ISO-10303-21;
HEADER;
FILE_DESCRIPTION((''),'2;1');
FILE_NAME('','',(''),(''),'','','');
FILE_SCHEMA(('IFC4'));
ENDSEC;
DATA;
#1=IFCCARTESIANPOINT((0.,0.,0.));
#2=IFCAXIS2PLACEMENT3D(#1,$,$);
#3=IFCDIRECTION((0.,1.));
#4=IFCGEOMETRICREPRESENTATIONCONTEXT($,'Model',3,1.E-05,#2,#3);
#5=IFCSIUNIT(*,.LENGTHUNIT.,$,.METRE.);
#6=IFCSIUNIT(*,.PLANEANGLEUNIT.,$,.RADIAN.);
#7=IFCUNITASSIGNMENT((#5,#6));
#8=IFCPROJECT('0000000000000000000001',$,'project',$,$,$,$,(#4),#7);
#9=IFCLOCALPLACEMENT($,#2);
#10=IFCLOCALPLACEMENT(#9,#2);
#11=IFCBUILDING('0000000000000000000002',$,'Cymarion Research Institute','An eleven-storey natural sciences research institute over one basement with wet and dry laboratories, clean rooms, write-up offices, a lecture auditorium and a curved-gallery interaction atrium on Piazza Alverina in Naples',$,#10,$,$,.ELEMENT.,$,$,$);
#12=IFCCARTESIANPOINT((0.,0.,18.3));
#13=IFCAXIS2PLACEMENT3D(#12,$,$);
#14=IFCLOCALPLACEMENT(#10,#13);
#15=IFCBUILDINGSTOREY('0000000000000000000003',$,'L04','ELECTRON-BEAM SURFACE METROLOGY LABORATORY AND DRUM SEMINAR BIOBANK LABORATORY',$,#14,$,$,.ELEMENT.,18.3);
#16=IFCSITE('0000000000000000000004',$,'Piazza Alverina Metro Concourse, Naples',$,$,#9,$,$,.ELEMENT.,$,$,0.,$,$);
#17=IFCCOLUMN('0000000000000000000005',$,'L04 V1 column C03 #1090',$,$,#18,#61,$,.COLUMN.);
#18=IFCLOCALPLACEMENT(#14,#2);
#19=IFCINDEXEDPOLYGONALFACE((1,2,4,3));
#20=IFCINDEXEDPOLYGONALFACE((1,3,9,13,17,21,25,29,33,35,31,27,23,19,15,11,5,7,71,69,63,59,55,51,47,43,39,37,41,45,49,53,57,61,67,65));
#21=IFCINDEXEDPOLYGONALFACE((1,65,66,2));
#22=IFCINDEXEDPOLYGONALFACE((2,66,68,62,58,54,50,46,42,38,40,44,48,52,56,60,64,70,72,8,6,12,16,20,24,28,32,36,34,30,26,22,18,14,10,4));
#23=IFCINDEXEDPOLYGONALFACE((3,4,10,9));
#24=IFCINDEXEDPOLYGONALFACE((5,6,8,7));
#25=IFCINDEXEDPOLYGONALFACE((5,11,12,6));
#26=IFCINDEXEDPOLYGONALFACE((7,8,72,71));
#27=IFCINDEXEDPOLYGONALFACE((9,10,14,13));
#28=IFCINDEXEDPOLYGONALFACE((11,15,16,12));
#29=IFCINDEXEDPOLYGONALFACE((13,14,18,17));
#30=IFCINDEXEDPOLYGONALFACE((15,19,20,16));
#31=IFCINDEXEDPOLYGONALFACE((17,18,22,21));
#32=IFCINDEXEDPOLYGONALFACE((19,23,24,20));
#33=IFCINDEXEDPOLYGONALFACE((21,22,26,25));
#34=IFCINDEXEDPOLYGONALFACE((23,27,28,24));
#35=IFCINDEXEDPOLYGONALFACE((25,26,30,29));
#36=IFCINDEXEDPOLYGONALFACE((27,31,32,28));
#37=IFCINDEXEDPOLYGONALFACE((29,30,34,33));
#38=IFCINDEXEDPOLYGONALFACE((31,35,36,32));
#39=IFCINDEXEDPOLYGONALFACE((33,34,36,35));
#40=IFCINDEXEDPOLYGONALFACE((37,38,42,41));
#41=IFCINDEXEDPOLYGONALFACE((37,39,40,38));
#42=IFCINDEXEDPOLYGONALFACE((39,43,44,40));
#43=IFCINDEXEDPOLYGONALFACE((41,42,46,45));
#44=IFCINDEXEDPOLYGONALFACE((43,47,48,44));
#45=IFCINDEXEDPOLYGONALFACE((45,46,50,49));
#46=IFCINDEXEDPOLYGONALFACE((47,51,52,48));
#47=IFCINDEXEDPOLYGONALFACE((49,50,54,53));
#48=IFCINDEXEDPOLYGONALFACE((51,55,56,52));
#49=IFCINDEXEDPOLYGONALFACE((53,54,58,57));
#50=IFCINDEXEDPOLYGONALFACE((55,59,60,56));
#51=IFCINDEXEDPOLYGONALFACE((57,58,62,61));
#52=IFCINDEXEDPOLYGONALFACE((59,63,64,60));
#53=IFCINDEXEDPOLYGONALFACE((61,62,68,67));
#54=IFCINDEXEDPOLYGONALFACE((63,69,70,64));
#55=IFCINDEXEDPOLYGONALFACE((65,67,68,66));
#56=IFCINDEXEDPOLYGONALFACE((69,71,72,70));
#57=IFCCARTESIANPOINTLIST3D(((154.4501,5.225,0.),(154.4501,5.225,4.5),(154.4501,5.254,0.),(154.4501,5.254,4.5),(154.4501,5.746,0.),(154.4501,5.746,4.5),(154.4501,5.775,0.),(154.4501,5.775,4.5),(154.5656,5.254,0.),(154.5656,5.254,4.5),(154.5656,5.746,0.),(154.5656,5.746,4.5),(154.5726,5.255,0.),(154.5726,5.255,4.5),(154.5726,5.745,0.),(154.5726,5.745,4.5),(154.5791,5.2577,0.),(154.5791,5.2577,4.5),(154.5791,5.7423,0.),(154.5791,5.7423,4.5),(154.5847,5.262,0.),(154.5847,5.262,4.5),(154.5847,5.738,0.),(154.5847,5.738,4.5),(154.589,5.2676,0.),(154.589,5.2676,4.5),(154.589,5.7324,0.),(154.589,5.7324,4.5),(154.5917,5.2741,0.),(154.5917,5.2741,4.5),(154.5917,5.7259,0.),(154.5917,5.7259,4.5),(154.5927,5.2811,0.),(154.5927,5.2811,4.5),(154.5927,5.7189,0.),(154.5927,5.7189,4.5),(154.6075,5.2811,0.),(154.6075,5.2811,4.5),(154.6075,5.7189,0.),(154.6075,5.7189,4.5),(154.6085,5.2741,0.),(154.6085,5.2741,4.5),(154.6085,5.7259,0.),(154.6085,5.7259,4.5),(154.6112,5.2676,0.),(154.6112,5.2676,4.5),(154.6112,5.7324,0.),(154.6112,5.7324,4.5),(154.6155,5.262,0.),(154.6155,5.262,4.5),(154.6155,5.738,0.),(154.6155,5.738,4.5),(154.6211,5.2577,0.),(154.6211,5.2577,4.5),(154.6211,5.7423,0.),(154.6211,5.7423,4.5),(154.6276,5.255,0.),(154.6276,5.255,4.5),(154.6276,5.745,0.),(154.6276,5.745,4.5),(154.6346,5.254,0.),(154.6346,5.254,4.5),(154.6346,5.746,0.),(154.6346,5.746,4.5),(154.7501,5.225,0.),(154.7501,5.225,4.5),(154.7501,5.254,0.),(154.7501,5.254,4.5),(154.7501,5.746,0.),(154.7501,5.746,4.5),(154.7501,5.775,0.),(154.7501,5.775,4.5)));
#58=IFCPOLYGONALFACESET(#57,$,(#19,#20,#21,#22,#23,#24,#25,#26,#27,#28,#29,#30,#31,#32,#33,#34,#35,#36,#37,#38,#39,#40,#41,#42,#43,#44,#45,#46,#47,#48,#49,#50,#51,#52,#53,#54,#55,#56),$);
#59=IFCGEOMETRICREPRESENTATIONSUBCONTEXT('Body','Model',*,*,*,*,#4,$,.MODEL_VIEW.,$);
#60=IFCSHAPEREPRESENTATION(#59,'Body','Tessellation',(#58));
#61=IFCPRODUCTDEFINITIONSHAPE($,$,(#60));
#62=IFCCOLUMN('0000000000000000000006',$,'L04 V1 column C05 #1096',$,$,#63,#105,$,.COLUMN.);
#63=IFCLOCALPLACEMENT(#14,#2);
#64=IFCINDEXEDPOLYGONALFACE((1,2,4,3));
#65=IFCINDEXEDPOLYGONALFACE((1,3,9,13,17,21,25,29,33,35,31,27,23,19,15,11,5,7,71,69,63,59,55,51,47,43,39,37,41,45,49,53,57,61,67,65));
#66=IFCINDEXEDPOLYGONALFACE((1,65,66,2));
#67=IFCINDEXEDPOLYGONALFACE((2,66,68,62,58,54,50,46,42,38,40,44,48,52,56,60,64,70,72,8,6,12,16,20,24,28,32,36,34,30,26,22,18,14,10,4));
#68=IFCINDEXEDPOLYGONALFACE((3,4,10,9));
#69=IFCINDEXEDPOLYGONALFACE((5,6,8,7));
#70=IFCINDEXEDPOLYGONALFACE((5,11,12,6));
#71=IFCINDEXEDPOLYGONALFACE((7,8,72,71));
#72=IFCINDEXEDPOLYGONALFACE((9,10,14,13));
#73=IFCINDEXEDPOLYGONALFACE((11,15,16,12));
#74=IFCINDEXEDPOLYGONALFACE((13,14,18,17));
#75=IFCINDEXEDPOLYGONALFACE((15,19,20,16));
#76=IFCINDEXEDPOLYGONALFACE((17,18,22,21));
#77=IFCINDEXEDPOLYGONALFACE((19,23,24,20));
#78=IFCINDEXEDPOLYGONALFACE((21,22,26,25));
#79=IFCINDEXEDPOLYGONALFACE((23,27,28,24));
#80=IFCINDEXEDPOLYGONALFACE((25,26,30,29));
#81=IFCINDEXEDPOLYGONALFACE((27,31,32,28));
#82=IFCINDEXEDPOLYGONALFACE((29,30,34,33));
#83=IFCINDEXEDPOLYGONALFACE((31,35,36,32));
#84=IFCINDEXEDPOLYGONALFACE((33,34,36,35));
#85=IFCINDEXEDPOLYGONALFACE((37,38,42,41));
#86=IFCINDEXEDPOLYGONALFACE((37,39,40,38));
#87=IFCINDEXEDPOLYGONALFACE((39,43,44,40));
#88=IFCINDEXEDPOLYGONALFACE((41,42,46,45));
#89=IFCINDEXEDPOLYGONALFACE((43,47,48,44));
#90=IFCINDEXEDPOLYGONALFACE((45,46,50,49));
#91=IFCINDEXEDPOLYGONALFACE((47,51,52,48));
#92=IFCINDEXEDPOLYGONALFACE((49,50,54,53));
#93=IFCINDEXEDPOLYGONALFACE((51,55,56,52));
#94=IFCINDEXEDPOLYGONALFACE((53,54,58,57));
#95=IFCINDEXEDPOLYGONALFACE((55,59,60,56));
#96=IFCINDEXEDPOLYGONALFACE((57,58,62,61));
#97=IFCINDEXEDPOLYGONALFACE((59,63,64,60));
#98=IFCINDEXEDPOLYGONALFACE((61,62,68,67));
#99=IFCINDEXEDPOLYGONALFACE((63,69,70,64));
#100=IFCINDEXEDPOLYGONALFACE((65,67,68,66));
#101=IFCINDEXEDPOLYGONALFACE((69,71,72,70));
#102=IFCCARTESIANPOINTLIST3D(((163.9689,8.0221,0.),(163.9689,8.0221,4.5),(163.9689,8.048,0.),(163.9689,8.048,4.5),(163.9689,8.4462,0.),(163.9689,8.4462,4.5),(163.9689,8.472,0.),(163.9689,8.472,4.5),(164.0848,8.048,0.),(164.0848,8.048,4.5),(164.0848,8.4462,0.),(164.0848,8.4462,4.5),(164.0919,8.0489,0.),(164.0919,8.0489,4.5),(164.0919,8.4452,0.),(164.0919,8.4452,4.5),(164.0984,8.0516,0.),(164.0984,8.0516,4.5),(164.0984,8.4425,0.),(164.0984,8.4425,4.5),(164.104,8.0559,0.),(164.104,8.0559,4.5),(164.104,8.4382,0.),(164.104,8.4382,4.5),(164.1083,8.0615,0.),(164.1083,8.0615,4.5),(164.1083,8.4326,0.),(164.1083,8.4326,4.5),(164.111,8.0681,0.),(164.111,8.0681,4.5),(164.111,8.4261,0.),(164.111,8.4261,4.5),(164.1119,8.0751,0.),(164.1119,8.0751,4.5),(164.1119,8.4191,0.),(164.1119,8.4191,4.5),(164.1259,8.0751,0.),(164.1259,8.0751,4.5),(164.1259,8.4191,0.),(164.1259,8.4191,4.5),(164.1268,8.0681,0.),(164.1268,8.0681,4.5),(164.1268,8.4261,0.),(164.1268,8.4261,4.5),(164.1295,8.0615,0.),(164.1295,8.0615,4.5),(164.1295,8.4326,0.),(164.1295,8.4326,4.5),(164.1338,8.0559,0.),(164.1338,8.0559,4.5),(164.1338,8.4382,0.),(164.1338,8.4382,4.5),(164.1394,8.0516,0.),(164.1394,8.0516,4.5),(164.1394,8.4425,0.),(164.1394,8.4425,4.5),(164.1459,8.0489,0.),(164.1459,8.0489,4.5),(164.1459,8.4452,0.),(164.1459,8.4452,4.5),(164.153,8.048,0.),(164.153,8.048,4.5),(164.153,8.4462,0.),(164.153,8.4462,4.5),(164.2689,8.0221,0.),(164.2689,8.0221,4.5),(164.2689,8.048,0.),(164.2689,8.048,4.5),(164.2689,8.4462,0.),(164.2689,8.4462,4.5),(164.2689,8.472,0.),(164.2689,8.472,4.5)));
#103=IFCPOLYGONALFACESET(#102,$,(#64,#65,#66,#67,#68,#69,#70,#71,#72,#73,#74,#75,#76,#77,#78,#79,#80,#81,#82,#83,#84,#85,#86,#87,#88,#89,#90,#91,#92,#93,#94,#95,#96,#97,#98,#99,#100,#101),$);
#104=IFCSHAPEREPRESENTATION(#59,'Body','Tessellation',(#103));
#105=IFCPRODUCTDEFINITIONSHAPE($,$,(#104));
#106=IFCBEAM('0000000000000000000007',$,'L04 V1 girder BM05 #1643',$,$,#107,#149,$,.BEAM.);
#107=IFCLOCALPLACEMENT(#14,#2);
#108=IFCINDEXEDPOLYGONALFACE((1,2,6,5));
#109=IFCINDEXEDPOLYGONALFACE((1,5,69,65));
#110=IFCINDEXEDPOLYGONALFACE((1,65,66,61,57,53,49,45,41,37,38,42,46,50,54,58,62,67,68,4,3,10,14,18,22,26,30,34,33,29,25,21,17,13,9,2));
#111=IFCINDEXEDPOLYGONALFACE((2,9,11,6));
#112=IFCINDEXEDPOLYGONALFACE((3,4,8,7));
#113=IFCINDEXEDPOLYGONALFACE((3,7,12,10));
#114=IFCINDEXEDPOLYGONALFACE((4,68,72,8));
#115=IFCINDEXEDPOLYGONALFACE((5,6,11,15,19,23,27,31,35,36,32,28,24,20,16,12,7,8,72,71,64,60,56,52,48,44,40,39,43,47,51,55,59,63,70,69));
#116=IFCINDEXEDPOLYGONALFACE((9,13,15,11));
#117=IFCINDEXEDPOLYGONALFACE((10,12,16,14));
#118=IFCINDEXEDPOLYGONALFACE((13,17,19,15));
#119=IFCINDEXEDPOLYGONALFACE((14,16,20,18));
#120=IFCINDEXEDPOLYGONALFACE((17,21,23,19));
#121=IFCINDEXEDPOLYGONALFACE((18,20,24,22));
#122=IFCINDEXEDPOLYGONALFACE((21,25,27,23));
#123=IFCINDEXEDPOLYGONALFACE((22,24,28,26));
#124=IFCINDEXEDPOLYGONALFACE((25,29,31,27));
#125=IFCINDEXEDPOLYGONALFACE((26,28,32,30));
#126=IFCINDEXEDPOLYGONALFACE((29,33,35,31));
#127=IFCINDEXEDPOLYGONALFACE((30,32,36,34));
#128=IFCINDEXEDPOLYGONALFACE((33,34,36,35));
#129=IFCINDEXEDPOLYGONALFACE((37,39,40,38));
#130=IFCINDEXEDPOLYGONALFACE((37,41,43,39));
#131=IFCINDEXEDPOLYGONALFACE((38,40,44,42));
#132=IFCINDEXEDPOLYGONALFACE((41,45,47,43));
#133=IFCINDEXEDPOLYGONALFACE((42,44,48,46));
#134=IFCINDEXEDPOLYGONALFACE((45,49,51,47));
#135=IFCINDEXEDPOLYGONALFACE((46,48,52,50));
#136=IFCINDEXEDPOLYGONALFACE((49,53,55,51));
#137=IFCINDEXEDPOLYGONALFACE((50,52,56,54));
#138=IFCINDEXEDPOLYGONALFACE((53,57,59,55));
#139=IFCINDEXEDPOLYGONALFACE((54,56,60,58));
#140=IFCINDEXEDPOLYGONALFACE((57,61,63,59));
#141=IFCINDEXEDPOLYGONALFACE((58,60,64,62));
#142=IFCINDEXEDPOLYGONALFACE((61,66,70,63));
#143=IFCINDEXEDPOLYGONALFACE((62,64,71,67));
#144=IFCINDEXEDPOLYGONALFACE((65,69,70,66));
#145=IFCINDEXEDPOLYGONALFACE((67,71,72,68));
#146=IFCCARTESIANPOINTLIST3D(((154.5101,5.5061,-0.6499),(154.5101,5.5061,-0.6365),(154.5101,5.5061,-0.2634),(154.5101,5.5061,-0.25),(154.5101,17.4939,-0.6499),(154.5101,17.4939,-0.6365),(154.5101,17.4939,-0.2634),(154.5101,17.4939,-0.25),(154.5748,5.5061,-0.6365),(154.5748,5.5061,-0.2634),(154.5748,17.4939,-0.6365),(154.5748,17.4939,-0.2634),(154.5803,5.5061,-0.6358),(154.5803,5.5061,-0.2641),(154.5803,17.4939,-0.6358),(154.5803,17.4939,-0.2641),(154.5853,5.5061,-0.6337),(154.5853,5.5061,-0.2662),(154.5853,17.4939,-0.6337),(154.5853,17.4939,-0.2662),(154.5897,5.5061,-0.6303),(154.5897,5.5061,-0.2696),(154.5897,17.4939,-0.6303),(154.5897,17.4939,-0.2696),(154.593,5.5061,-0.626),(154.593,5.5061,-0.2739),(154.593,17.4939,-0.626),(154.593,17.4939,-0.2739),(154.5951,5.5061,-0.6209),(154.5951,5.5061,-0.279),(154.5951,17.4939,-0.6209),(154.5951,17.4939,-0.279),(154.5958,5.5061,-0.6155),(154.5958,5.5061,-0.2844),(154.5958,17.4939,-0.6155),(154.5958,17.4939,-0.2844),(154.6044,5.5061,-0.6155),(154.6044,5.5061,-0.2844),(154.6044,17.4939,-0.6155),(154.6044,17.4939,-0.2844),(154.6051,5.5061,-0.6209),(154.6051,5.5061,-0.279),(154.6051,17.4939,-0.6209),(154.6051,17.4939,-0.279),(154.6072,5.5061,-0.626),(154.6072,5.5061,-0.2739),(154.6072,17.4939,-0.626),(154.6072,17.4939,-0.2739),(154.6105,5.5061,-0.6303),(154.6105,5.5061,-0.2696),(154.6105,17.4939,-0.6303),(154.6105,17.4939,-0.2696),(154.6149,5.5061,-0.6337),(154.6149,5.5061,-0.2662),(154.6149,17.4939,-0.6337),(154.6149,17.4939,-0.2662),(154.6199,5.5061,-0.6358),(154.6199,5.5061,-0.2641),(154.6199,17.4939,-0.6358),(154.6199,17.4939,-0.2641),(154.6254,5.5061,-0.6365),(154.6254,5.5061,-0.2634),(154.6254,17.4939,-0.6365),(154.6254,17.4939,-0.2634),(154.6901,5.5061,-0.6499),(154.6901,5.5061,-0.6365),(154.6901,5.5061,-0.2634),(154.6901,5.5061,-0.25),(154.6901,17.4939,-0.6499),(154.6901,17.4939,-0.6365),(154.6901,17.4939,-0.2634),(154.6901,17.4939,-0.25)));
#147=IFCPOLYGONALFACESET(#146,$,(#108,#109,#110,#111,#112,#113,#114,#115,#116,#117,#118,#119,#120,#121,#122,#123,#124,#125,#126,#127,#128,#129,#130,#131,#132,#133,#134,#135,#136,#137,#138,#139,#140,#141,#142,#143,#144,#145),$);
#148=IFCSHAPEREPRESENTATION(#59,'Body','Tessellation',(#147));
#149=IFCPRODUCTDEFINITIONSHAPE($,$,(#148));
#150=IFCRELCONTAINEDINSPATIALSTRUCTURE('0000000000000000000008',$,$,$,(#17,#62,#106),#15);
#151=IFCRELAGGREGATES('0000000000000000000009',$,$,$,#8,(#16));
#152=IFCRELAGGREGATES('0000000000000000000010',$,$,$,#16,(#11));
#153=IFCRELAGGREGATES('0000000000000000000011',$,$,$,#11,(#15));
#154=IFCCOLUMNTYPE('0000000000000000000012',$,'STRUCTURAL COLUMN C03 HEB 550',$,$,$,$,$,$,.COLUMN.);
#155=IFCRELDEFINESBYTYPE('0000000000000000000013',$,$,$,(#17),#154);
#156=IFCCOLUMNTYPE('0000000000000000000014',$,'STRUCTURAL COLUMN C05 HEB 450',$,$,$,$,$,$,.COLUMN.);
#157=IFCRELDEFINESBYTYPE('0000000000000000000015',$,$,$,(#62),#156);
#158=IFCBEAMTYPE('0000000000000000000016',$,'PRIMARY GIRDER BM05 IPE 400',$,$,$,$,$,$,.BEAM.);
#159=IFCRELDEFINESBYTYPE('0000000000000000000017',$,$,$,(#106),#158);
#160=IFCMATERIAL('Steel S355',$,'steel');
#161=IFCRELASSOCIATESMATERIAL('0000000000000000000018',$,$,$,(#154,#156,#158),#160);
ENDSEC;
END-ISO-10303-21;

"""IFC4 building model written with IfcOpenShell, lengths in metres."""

from ifc_helpers import new_model, si_unit, direction, frame, origin, origin_2d, place, context, subcontext, project, spatial, i_section, extrude, material, material_profile, profile_set, type_object, element, save


model = new_model("IFC4")

# Units and contexts
model_context = context("Model", 3, precision=1e-05, world=origin(), true_north=direction((0.0, 1.0)))
body_context = subcontext(model_context, "Body", "Model", "MODEL_VIEW")
ifc_project = project(units=[si_unit("LENGTHUNIT", "METRE"), si_unit("PLANEANGLEUNIT", "RADIAN")], contexts=[model_context])

# Site, building, storey
site_placement = place(None, origin())
site = spatial("IfcSite", under=ifc_project, at=site_placement, Name="Piazza Alverina Metro Concourse, Naples", CompositionType="ELEMENT", RefElevation=0.0)
building_placement = place(site_placement, origin())
building = spatial("IfcBuilding", under=site, at=building_placement, Name="Cymarion Research Institute", Description="An eleven-storey natural sciences research institute over one basement with wet and dry laboratories, clean rooms, write-up offices, a lecture auditorium and a curved-gallery interaction atrium on Piazza Alverina in Naples", CompositionType="ELEMENT")
storey_placement = place(building_placement, frame((0.0, 0.0, 18.3)))
storey = spatial("IfcBuildingStorey", under=building, at=storey_placement, Name="L04", Description="ELECTRON-BEAM SURFACE METROLOGY LABORATORY AND DRUM SEMINAR BIOBANK LABORATORY", CompositionType="ELEMENT", Elevation=18.3)

# Columns
ifc_material_1 = material(Name="Steel S355", Category="steel")
ifc_material_profile_1 = material_profile(ifc_material_1, i_section(OverallWidth=0.3, OverallDepth=0.55, WebThickness=0.0149, FlangeThickness=0.0291, FilletRadius=0.0271, at=origin_2d()), Name="HEB 550")
ifc_profile_set_1 = profile_set([ifc_material_profile_1], Name="Steel S355")
column_type_1 = type_object("IfcColumnType", Name="STRUCTURAL COLUMN C03 HEB 550", PredefinedType="COLUMN", material=ifc_profile_set_1)
column_1_placement = place(storey_placement, frame((154.6001, 5.5, 0.0), z_axis=(0.0, 0.0, 1.0), x_axis=(1.0, 0.0, 0.0)))
element("IfcColumn", 1, at=column_1_placement, inside=storey, type_object=column_type_1, Name="L04 V1 column C03 #1090", PredefinedType="COLUMN", context=body_context, shape_type="SweptSolid", body=[
    extrude(i_section(OverallWidth=0.3, OverallDepth=0.55, WebThickness=0.0149, FlangeThickness=0.0291, FilletRadius=0.0271, at=origin_2d()), origin(), (0.0, 0.0, 1.0), 4.5),
])
ifc_material_profile_2 = material_profile(ifc_material_1, i_section(OverallWidth=0.3, OverallDepth=0.45, WebThickness=0.0139, FlangeThickness=0.0259, FilletRadius=0.0271, at=origin_2d()), Name="HEB 450")
ifc_profile_set_2 = profile_set([ifc_material_profile_2], Name="Steel S355")
column_type_2 = type_object("IfcColumnType", Name="STRUCTURAL COLUMN C05 HEB 450", PredefinedType="COLUMN", material=ifc_profile_set_2)
column_2_placement = place(storey_placement, frame((164.1189, 8.2471, 0.0), z_axis=(0.0, 0.0, 1.0), x_axis=(1.0, 0.0, 0.0)))
element("IfcColumn", 2, at=column_2_placement, inside=storey, type_object=column_type_2, Name="L04 V1 column C05 #1096", PredefinedType="COLUMN", context=body_context, shape_type="SweptSolid", body=[
    extrude(i_section(OverallWidth=0.3, OverallDepth=0.45, WebThickness=0.0139, FlangeThickness=0.0259, FilletRadius=0.0271, at=origin_2d()), origin(), (0.0, 0.0, 1.0), 4.5),
])

# Beam
ifc_material_profile_3 = material_profile(ifc_material_1, i_section(OverallWidth=0.1799, OverallDepth=0.3999, WebThickness=0.0085, FlangeThickness=0.0134, FilletRadius=0.021, at=origin_2d()), Name="IPE 400")
ifc_profile_set_3 = profile_set([ifc_material_profile_3], Name="Steel S355")
beam_type_1 = type_object("IfcBeamType", Name="PRIMARY GIRDER BM05 IPE 400", PredefinedType="BEAM", material=ifc_profile_set_3)
beam_1_placement = place(storey_placement, frame((154.6001, 5.5061, -0.45), z_axis=(0.0, 1.0, 0.0), x_axis=(-1.0, 0.0, 0.0)))
element("IfcBeam", 3, at=beam_1_placement, inside=storey, type_object=beam_type_1, Name="L04 V1 girder BM05 #1643", PredefinedType="BEAM", context=body_context, shape_type="SweptSolid", body=[
    extrude(i_section(OverallWidth=0.1799, OverallDepth=0.3999, WebThickness=0.0085, FlangeThickness=0.0134, FilletRadius=0.021, at=origin_2d()), origin(), (0.0, 0.0, 1.0), 11.9878),
])

save(model, "model.ifc")
